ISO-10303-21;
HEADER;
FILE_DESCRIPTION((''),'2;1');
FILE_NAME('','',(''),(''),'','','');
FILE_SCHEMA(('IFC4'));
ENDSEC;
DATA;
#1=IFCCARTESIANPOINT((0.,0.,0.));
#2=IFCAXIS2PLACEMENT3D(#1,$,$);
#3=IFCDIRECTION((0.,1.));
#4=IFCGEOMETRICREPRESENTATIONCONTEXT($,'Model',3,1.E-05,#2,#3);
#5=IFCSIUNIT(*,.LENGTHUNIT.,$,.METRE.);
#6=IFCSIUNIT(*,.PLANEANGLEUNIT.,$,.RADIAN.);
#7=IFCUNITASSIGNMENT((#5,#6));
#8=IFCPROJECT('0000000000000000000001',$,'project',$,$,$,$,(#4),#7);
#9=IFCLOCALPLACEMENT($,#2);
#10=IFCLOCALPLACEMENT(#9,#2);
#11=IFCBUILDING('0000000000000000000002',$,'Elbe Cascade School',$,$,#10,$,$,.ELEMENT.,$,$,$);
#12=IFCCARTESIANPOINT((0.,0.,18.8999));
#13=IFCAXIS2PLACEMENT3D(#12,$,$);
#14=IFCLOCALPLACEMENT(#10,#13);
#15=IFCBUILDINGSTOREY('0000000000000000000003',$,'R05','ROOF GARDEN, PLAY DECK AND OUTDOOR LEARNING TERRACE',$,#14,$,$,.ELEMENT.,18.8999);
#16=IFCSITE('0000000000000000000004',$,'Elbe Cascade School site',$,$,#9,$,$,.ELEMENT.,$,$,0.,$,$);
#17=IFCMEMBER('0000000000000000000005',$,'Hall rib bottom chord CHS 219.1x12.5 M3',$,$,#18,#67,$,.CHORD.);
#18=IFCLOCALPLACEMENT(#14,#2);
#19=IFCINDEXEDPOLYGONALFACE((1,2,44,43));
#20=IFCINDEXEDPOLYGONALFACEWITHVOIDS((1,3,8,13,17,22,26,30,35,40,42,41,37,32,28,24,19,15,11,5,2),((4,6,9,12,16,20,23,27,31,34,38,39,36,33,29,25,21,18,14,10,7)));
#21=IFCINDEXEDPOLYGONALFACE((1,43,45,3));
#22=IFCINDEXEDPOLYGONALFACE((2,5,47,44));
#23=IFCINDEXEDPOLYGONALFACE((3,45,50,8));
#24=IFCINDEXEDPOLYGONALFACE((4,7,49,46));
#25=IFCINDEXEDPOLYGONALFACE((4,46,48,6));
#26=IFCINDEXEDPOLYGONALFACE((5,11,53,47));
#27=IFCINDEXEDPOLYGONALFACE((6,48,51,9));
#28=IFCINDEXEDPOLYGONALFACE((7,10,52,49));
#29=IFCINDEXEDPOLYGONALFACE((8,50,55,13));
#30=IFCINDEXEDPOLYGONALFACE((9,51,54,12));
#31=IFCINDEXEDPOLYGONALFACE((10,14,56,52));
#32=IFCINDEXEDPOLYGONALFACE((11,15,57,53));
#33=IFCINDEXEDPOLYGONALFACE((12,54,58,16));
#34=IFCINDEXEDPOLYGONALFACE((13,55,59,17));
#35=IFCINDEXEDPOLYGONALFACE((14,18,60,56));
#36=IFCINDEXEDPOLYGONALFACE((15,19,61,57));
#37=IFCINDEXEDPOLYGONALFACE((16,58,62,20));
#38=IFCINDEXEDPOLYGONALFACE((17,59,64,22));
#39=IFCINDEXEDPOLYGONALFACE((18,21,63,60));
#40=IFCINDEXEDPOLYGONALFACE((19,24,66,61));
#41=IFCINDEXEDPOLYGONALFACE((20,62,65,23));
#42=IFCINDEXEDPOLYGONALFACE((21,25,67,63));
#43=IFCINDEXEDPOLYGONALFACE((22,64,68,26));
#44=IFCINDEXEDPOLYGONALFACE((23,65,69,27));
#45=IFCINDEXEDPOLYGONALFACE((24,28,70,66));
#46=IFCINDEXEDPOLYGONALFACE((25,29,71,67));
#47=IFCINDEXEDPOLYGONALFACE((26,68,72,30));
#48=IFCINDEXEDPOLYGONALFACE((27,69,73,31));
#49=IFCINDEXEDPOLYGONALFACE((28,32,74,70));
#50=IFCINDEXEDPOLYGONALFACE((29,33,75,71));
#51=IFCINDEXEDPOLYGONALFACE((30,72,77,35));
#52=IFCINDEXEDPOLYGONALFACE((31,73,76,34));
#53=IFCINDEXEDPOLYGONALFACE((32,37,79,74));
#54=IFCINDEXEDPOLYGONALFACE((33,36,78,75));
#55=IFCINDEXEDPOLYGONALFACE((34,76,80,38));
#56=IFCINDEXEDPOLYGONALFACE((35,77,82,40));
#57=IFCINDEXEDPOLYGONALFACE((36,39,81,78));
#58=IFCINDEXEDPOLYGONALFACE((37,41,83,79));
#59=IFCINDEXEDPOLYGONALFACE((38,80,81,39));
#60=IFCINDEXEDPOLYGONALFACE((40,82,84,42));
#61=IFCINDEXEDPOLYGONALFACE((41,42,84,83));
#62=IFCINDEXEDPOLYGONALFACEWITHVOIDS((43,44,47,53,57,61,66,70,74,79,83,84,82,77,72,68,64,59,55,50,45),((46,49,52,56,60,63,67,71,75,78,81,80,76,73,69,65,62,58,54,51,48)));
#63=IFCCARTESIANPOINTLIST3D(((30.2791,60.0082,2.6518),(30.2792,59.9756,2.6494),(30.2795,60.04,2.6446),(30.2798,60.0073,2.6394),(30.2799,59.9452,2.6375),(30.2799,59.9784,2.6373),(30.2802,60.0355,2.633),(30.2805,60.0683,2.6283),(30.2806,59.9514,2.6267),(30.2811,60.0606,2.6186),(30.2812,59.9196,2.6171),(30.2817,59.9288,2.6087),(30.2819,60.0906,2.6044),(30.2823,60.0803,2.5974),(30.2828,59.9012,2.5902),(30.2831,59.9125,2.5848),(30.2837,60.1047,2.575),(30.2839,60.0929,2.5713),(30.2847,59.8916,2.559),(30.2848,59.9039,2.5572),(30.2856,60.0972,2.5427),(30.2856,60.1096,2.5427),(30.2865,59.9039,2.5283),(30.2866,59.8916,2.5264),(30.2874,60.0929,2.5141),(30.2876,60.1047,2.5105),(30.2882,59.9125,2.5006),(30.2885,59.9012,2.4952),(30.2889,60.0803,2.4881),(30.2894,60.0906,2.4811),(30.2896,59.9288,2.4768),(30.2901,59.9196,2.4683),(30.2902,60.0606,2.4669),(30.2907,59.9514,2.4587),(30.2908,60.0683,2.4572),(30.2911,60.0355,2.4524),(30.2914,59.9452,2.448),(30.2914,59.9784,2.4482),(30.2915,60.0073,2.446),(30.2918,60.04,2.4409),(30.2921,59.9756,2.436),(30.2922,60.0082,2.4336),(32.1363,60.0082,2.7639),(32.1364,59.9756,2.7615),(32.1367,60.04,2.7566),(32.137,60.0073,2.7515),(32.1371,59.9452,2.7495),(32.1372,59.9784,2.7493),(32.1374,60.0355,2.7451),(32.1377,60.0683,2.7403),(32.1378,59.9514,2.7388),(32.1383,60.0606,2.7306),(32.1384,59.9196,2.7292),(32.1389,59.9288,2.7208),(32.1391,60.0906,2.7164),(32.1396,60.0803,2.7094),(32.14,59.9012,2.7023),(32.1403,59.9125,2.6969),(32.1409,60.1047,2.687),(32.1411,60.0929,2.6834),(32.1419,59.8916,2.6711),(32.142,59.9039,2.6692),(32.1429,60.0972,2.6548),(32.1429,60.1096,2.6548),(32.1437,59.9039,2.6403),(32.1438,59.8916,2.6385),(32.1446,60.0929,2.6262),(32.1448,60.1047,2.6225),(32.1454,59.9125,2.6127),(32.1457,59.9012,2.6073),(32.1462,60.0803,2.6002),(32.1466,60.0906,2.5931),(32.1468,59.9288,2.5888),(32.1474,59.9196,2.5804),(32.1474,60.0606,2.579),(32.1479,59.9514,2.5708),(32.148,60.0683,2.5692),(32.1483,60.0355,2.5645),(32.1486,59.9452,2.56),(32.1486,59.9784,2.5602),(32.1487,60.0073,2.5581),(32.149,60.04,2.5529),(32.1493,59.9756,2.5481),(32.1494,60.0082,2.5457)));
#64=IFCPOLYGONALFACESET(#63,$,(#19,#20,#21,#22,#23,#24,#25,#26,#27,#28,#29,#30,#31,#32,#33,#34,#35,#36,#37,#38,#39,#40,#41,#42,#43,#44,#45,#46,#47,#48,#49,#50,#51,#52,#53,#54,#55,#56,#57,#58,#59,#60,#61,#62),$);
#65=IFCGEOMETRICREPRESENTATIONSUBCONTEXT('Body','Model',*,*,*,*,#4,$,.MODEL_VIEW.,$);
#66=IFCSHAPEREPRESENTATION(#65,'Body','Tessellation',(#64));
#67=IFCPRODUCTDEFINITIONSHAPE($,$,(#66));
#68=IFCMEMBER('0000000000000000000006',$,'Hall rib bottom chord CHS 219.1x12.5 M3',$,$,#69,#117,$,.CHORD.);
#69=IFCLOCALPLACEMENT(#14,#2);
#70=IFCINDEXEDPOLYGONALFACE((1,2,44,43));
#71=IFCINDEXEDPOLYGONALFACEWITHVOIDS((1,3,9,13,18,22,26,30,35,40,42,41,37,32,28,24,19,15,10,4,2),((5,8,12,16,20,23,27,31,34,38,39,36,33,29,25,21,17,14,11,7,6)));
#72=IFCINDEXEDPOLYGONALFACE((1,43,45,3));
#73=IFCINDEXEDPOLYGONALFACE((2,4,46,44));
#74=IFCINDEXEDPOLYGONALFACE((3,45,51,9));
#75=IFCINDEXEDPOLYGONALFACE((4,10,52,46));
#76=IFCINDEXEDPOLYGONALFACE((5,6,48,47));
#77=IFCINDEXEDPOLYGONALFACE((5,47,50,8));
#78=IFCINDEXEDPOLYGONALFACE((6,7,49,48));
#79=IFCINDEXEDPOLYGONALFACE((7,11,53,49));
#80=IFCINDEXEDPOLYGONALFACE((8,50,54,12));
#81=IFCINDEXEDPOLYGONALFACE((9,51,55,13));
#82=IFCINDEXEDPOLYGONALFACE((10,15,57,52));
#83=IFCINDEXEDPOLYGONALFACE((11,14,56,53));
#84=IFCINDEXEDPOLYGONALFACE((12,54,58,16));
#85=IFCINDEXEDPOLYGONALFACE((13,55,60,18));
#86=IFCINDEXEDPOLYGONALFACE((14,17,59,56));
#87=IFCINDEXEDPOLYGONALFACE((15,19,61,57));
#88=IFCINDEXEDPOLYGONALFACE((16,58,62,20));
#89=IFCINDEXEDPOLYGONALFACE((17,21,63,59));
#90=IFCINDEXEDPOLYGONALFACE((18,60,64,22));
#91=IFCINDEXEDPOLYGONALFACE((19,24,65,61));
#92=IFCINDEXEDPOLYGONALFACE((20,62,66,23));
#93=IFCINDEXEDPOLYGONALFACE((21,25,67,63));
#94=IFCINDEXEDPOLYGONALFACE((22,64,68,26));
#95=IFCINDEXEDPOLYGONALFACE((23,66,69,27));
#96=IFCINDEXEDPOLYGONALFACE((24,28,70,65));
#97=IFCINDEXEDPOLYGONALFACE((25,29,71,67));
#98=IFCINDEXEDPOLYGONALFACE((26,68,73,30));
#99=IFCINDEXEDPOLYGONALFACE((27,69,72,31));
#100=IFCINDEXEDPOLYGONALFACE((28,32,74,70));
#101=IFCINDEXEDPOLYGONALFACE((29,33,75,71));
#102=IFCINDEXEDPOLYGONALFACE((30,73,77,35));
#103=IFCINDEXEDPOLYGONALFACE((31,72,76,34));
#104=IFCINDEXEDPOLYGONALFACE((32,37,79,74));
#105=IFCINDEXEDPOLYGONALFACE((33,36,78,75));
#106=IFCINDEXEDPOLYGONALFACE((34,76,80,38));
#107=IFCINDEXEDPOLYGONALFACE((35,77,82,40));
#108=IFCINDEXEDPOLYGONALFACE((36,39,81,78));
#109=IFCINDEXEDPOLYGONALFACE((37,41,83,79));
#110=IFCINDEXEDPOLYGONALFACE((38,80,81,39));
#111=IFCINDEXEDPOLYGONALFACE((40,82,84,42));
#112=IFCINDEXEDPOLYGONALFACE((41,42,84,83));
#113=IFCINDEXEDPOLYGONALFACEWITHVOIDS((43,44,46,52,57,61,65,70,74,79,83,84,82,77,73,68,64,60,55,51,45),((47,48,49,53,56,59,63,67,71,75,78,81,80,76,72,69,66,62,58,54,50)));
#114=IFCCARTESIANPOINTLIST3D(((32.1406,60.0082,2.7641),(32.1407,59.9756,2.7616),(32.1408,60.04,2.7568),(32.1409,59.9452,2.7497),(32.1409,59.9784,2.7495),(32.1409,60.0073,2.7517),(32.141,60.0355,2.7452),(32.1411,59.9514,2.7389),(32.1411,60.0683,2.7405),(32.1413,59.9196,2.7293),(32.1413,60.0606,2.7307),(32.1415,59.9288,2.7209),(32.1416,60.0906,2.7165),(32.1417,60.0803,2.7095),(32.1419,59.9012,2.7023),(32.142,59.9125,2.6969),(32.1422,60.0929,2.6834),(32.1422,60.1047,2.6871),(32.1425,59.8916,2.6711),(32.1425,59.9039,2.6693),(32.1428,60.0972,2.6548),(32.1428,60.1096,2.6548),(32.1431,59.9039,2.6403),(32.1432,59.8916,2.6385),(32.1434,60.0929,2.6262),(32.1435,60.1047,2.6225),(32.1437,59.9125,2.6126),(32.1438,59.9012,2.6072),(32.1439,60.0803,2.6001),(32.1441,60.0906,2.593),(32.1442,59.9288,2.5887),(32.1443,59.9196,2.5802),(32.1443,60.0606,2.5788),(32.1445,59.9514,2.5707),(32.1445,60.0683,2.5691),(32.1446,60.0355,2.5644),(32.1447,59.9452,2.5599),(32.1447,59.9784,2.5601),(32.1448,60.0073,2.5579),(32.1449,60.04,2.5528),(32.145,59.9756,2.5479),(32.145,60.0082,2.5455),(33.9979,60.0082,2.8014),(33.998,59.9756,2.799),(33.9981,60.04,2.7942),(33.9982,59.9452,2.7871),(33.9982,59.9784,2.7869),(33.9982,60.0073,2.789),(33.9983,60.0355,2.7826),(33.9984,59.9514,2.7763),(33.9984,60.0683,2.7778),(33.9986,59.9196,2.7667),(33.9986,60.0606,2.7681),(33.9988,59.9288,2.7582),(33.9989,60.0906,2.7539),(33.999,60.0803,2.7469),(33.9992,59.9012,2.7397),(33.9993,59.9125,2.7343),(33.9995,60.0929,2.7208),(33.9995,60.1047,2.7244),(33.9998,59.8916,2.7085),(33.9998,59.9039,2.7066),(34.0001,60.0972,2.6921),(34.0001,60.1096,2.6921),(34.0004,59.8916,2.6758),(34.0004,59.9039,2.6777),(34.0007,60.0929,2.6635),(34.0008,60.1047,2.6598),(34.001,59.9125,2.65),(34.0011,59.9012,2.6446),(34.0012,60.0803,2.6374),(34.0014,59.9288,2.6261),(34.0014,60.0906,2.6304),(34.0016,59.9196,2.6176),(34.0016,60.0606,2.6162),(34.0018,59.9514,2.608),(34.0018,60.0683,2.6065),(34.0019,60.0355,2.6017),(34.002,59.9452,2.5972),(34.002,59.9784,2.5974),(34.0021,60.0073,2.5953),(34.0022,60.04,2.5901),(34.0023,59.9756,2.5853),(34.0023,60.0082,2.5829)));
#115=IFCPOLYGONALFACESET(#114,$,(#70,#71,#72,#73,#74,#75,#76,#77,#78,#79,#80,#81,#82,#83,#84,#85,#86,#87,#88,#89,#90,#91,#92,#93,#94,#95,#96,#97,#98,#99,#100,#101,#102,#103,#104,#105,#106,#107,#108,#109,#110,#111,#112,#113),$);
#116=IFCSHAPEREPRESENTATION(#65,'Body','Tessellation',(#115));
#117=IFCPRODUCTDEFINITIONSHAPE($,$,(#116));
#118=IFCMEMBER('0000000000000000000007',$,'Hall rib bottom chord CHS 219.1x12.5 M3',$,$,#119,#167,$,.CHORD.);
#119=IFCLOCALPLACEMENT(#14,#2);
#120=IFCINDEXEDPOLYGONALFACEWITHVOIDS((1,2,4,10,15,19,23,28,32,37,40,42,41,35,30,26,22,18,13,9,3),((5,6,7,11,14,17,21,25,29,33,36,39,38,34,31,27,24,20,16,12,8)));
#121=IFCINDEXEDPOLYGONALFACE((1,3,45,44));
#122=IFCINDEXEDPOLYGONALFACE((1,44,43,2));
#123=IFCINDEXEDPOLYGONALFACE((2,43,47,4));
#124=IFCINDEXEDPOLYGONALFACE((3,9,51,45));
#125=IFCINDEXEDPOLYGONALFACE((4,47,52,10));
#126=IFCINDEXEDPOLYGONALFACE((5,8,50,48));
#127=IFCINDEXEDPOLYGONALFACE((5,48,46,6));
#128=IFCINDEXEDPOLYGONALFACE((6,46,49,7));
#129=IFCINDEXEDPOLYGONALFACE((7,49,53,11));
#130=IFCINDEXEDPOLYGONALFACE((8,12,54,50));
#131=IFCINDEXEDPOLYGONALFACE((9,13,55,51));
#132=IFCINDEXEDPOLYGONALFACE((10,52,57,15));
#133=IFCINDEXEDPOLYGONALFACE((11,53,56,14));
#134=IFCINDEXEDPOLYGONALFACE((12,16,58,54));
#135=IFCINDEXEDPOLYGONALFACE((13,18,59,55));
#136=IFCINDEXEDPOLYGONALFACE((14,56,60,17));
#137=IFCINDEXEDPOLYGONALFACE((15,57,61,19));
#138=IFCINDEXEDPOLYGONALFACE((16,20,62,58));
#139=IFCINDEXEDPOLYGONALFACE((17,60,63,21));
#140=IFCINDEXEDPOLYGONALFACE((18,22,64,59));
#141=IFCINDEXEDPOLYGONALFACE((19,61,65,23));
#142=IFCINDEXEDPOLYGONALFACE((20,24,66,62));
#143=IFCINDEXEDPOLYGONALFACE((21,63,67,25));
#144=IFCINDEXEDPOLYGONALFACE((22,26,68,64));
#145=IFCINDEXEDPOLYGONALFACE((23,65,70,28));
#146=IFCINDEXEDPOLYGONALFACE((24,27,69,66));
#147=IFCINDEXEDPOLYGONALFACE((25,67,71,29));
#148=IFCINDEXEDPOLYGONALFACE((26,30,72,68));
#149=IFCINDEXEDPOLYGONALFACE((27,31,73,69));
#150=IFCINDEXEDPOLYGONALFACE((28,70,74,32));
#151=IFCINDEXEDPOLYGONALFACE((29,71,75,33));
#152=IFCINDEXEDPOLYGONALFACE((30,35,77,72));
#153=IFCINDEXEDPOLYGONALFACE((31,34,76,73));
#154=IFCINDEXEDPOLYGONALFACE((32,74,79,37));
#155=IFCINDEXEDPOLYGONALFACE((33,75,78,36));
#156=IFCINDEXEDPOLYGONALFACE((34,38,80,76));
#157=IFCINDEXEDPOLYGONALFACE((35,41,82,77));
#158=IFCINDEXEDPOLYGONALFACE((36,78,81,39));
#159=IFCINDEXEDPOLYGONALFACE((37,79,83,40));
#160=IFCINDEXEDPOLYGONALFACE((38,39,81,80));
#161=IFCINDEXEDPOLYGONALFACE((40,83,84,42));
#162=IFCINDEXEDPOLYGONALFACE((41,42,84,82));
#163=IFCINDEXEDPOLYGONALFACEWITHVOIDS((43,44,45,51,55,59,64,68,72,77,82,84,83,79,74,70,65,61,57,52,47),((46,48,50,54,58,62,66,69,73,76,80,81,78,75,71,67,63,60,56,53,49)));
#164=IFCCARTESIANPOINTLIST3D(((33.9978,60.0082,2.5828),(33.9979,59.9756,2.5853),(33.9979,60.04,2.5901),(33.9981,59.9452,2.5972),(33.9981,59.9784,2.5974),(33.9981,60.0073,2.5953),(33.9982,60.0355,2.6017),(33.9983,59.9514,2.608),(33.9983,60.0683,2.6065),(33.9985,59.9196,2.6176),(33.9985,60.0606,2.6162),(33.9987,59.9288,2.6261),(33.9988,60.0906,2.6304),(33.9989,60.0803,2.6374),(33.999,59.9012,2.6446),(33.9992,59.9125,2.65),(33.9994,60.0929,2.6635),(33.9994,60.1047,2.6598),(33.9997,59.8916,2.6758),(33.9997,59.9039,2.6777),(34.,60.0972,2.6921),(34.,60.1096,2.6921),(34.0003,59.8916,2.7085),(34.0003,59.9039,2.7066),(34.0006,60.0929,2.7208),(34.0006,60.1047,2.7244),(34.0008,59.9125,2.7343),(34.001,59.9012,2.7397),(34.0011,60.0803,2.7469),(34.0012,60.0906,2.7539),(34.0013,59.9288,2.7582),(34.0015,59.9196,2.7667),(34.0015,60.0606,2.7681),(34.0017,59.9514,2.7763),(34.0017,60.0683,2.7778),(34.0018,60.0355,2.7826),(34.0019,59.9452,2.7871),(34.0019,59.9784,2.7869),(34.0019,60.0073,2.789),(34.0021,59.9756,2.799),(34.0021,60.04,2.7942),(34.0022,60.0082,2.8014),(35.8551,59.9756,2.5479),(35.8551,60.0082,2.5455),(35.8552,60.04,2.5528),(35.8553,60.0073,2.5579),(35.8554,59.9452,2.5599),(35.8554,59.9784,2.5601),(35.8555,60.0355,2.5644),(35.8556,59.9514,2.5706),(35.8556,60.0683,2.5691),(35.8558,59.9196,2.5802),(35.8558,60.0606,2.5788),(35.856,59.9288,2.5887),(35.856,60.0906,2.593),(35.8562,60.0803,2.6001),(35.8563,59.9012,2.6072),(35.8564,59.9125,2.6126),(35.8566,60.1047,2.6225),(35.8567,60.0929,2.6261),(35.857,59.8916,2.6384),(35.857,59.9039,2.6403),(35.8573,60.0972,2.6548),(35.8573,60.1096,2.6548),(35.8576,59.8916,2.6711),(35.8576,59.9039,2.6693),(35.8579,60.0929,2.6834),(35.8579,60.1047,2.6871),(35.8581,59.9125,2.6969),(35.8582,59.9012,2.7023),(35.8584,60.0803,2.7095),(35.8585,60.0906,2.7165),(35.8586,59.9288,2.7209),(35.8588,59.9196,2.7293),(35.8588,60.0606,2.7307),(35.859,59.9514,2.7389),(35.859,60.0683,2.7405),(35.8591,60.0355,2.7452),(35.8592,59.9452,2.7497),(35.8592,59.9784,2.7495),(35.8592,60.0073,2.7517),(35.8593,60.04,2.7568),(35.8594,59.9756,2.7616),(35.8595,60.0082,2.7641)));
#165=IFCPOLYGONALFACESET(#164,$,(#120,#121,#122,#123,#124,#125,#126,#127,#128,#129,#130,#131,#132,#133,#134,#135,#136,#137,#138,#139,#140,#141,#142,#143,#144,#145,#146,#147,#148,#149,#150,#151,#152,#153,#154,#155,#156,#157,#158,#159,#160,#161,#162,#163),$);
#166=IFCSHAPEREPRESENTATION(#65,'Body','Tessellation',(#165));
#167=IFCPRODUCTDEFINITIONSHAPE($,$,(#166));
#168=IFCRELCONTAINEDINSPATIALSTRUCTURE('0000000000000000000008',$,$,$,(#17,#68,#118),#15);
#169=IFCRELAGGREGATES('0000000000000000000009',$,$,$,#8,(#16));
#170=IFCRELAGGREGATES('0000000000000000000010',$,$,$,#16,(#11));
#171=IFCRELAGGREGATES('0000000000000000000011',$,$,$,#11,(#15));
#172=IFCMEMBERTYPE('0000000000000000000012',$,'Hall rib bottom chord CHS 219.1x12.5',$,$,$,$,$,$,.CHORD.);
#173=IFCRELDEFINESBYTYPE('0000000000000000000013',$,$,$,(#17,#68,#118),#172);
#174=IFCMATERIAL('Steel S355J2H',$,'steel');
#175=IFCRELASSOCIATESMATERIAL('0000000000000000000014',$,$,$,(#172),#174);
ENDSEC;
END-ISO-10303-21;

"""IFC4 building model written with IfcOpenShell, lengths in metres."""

from ifc_helpers import new_model, si_unit, direction, frame, origin, origin_2d, place, context, subcontext, project, spatial, hollow_circle, extrude, material, material_profile, profile_set, type_object, element, save


model = new_model("IFC4")

# Units and contexts
model_context = context("Model", 3, precision=1e-05, world=origin(), true_north=direction((0.0, 1.0)))
body_context = subcontext(model_context, "Body", "Model", "MODEL_VIEW")
ifc_project = project(units=[si_unit("LENGTHUNIT", "METRE"), si_unit("PLANEANGLEUNIT", "RADIAN")], contexts=[model_context])

# Site, building, storey
site_placement = place(None, origin())
site = spatial("IfcSite", under=ifc_project, at=site_placement, Name="Elbe Cascade School site", CompositionType="ELEMENT", RefElevation=0.0)
building_placement = place(site_placement, origin())
building = spatial("IfcBuilding", under=site, at=building_placement, Name="Elbe Cascade School", CompositionType="ELEMENT")
storey_placement = place(building_placement, frame((0.0, 0.0, 18.8999)))
storey = spatial("IfcBuildingStorey", under=building, at=storey_placement, Name="R05", Description="ROOF GARDEN, PLAY DECK AND OUTDOOR LEARNING TERRACE", CompositionType="ELEMENT", Elevation=18.8999)

# Members
ifc_material_1 = material(Name="Steel S355J2H", Category="steel")
ifc_material_profile_1 = material_profile(ifc_material_1, hollow_circle(Radius=0.1096, WallThickness=0.0125, at=origin_2d()), Name="CHS 219.1x12.5")
ifc_profile_set_1 = profile_set([ifc_material_profile_1], Name="Steel S355J2H")
member_type_1 = type_object("IfcMemberType", Name="Hall rib bottom chord CHS 219.1x12.5", PredefinedType="CHORD", material=ifc_profile_set_1)
member_1_placement = place(storey_placement, frame((30.2856, 60.0, 2.5427), z_axis=(0.998185, 0.0, 0.06023), x_axis=(0.0, 1.0, 0.0)))
element("IfcMember", 1, at=member_1_placement, inside=storey, type_object=member_type_1, Name="Hall rib bottom chord CHS 219.1x12.5 M3", PredefinedType="CHORD", context=body_context, shape_type="SweptSolid", body=[
    extrude(hollow_circle(Radius=0.1096, WallThickness=0.0125, at=origin_2d()), origin(), (0.0, 0.0, 1.0), 1.8606),
])
for number, where, z_axis, x_axis, name in (
    (2, (32.1428, 60.0, 2.6548), (0.999798, 0.0, 0.020109), (0.0, 1.0, 0.0), "Hall rib bottom chord CHS 219.1x12.5 M3"),
    (3, (34.0, 60.0, 2.6921), (0.999798, 0.0, -0.020109), (0.0, 1.0, 0.0), "Hall rib bottom chord CHS 219.1x12.5 M3"),
):
    element("IfcMember", number, at=place(storey_placement, frame(where, z_axis=z_axis, x_axis=x_axis)), inside=storey, type_object=member_type_1, Name=name, PredefinedType="CHORD", context=body_context, shape_type="SweptSolid", body=[
        extrude(hollow_circle(Radius=0.1096, WallThickness=0.0125, at=origin_2d()), origin(), (0.0, 0.0, 1.0), 1.8577),
    ])

save(model, "model.ifc")
